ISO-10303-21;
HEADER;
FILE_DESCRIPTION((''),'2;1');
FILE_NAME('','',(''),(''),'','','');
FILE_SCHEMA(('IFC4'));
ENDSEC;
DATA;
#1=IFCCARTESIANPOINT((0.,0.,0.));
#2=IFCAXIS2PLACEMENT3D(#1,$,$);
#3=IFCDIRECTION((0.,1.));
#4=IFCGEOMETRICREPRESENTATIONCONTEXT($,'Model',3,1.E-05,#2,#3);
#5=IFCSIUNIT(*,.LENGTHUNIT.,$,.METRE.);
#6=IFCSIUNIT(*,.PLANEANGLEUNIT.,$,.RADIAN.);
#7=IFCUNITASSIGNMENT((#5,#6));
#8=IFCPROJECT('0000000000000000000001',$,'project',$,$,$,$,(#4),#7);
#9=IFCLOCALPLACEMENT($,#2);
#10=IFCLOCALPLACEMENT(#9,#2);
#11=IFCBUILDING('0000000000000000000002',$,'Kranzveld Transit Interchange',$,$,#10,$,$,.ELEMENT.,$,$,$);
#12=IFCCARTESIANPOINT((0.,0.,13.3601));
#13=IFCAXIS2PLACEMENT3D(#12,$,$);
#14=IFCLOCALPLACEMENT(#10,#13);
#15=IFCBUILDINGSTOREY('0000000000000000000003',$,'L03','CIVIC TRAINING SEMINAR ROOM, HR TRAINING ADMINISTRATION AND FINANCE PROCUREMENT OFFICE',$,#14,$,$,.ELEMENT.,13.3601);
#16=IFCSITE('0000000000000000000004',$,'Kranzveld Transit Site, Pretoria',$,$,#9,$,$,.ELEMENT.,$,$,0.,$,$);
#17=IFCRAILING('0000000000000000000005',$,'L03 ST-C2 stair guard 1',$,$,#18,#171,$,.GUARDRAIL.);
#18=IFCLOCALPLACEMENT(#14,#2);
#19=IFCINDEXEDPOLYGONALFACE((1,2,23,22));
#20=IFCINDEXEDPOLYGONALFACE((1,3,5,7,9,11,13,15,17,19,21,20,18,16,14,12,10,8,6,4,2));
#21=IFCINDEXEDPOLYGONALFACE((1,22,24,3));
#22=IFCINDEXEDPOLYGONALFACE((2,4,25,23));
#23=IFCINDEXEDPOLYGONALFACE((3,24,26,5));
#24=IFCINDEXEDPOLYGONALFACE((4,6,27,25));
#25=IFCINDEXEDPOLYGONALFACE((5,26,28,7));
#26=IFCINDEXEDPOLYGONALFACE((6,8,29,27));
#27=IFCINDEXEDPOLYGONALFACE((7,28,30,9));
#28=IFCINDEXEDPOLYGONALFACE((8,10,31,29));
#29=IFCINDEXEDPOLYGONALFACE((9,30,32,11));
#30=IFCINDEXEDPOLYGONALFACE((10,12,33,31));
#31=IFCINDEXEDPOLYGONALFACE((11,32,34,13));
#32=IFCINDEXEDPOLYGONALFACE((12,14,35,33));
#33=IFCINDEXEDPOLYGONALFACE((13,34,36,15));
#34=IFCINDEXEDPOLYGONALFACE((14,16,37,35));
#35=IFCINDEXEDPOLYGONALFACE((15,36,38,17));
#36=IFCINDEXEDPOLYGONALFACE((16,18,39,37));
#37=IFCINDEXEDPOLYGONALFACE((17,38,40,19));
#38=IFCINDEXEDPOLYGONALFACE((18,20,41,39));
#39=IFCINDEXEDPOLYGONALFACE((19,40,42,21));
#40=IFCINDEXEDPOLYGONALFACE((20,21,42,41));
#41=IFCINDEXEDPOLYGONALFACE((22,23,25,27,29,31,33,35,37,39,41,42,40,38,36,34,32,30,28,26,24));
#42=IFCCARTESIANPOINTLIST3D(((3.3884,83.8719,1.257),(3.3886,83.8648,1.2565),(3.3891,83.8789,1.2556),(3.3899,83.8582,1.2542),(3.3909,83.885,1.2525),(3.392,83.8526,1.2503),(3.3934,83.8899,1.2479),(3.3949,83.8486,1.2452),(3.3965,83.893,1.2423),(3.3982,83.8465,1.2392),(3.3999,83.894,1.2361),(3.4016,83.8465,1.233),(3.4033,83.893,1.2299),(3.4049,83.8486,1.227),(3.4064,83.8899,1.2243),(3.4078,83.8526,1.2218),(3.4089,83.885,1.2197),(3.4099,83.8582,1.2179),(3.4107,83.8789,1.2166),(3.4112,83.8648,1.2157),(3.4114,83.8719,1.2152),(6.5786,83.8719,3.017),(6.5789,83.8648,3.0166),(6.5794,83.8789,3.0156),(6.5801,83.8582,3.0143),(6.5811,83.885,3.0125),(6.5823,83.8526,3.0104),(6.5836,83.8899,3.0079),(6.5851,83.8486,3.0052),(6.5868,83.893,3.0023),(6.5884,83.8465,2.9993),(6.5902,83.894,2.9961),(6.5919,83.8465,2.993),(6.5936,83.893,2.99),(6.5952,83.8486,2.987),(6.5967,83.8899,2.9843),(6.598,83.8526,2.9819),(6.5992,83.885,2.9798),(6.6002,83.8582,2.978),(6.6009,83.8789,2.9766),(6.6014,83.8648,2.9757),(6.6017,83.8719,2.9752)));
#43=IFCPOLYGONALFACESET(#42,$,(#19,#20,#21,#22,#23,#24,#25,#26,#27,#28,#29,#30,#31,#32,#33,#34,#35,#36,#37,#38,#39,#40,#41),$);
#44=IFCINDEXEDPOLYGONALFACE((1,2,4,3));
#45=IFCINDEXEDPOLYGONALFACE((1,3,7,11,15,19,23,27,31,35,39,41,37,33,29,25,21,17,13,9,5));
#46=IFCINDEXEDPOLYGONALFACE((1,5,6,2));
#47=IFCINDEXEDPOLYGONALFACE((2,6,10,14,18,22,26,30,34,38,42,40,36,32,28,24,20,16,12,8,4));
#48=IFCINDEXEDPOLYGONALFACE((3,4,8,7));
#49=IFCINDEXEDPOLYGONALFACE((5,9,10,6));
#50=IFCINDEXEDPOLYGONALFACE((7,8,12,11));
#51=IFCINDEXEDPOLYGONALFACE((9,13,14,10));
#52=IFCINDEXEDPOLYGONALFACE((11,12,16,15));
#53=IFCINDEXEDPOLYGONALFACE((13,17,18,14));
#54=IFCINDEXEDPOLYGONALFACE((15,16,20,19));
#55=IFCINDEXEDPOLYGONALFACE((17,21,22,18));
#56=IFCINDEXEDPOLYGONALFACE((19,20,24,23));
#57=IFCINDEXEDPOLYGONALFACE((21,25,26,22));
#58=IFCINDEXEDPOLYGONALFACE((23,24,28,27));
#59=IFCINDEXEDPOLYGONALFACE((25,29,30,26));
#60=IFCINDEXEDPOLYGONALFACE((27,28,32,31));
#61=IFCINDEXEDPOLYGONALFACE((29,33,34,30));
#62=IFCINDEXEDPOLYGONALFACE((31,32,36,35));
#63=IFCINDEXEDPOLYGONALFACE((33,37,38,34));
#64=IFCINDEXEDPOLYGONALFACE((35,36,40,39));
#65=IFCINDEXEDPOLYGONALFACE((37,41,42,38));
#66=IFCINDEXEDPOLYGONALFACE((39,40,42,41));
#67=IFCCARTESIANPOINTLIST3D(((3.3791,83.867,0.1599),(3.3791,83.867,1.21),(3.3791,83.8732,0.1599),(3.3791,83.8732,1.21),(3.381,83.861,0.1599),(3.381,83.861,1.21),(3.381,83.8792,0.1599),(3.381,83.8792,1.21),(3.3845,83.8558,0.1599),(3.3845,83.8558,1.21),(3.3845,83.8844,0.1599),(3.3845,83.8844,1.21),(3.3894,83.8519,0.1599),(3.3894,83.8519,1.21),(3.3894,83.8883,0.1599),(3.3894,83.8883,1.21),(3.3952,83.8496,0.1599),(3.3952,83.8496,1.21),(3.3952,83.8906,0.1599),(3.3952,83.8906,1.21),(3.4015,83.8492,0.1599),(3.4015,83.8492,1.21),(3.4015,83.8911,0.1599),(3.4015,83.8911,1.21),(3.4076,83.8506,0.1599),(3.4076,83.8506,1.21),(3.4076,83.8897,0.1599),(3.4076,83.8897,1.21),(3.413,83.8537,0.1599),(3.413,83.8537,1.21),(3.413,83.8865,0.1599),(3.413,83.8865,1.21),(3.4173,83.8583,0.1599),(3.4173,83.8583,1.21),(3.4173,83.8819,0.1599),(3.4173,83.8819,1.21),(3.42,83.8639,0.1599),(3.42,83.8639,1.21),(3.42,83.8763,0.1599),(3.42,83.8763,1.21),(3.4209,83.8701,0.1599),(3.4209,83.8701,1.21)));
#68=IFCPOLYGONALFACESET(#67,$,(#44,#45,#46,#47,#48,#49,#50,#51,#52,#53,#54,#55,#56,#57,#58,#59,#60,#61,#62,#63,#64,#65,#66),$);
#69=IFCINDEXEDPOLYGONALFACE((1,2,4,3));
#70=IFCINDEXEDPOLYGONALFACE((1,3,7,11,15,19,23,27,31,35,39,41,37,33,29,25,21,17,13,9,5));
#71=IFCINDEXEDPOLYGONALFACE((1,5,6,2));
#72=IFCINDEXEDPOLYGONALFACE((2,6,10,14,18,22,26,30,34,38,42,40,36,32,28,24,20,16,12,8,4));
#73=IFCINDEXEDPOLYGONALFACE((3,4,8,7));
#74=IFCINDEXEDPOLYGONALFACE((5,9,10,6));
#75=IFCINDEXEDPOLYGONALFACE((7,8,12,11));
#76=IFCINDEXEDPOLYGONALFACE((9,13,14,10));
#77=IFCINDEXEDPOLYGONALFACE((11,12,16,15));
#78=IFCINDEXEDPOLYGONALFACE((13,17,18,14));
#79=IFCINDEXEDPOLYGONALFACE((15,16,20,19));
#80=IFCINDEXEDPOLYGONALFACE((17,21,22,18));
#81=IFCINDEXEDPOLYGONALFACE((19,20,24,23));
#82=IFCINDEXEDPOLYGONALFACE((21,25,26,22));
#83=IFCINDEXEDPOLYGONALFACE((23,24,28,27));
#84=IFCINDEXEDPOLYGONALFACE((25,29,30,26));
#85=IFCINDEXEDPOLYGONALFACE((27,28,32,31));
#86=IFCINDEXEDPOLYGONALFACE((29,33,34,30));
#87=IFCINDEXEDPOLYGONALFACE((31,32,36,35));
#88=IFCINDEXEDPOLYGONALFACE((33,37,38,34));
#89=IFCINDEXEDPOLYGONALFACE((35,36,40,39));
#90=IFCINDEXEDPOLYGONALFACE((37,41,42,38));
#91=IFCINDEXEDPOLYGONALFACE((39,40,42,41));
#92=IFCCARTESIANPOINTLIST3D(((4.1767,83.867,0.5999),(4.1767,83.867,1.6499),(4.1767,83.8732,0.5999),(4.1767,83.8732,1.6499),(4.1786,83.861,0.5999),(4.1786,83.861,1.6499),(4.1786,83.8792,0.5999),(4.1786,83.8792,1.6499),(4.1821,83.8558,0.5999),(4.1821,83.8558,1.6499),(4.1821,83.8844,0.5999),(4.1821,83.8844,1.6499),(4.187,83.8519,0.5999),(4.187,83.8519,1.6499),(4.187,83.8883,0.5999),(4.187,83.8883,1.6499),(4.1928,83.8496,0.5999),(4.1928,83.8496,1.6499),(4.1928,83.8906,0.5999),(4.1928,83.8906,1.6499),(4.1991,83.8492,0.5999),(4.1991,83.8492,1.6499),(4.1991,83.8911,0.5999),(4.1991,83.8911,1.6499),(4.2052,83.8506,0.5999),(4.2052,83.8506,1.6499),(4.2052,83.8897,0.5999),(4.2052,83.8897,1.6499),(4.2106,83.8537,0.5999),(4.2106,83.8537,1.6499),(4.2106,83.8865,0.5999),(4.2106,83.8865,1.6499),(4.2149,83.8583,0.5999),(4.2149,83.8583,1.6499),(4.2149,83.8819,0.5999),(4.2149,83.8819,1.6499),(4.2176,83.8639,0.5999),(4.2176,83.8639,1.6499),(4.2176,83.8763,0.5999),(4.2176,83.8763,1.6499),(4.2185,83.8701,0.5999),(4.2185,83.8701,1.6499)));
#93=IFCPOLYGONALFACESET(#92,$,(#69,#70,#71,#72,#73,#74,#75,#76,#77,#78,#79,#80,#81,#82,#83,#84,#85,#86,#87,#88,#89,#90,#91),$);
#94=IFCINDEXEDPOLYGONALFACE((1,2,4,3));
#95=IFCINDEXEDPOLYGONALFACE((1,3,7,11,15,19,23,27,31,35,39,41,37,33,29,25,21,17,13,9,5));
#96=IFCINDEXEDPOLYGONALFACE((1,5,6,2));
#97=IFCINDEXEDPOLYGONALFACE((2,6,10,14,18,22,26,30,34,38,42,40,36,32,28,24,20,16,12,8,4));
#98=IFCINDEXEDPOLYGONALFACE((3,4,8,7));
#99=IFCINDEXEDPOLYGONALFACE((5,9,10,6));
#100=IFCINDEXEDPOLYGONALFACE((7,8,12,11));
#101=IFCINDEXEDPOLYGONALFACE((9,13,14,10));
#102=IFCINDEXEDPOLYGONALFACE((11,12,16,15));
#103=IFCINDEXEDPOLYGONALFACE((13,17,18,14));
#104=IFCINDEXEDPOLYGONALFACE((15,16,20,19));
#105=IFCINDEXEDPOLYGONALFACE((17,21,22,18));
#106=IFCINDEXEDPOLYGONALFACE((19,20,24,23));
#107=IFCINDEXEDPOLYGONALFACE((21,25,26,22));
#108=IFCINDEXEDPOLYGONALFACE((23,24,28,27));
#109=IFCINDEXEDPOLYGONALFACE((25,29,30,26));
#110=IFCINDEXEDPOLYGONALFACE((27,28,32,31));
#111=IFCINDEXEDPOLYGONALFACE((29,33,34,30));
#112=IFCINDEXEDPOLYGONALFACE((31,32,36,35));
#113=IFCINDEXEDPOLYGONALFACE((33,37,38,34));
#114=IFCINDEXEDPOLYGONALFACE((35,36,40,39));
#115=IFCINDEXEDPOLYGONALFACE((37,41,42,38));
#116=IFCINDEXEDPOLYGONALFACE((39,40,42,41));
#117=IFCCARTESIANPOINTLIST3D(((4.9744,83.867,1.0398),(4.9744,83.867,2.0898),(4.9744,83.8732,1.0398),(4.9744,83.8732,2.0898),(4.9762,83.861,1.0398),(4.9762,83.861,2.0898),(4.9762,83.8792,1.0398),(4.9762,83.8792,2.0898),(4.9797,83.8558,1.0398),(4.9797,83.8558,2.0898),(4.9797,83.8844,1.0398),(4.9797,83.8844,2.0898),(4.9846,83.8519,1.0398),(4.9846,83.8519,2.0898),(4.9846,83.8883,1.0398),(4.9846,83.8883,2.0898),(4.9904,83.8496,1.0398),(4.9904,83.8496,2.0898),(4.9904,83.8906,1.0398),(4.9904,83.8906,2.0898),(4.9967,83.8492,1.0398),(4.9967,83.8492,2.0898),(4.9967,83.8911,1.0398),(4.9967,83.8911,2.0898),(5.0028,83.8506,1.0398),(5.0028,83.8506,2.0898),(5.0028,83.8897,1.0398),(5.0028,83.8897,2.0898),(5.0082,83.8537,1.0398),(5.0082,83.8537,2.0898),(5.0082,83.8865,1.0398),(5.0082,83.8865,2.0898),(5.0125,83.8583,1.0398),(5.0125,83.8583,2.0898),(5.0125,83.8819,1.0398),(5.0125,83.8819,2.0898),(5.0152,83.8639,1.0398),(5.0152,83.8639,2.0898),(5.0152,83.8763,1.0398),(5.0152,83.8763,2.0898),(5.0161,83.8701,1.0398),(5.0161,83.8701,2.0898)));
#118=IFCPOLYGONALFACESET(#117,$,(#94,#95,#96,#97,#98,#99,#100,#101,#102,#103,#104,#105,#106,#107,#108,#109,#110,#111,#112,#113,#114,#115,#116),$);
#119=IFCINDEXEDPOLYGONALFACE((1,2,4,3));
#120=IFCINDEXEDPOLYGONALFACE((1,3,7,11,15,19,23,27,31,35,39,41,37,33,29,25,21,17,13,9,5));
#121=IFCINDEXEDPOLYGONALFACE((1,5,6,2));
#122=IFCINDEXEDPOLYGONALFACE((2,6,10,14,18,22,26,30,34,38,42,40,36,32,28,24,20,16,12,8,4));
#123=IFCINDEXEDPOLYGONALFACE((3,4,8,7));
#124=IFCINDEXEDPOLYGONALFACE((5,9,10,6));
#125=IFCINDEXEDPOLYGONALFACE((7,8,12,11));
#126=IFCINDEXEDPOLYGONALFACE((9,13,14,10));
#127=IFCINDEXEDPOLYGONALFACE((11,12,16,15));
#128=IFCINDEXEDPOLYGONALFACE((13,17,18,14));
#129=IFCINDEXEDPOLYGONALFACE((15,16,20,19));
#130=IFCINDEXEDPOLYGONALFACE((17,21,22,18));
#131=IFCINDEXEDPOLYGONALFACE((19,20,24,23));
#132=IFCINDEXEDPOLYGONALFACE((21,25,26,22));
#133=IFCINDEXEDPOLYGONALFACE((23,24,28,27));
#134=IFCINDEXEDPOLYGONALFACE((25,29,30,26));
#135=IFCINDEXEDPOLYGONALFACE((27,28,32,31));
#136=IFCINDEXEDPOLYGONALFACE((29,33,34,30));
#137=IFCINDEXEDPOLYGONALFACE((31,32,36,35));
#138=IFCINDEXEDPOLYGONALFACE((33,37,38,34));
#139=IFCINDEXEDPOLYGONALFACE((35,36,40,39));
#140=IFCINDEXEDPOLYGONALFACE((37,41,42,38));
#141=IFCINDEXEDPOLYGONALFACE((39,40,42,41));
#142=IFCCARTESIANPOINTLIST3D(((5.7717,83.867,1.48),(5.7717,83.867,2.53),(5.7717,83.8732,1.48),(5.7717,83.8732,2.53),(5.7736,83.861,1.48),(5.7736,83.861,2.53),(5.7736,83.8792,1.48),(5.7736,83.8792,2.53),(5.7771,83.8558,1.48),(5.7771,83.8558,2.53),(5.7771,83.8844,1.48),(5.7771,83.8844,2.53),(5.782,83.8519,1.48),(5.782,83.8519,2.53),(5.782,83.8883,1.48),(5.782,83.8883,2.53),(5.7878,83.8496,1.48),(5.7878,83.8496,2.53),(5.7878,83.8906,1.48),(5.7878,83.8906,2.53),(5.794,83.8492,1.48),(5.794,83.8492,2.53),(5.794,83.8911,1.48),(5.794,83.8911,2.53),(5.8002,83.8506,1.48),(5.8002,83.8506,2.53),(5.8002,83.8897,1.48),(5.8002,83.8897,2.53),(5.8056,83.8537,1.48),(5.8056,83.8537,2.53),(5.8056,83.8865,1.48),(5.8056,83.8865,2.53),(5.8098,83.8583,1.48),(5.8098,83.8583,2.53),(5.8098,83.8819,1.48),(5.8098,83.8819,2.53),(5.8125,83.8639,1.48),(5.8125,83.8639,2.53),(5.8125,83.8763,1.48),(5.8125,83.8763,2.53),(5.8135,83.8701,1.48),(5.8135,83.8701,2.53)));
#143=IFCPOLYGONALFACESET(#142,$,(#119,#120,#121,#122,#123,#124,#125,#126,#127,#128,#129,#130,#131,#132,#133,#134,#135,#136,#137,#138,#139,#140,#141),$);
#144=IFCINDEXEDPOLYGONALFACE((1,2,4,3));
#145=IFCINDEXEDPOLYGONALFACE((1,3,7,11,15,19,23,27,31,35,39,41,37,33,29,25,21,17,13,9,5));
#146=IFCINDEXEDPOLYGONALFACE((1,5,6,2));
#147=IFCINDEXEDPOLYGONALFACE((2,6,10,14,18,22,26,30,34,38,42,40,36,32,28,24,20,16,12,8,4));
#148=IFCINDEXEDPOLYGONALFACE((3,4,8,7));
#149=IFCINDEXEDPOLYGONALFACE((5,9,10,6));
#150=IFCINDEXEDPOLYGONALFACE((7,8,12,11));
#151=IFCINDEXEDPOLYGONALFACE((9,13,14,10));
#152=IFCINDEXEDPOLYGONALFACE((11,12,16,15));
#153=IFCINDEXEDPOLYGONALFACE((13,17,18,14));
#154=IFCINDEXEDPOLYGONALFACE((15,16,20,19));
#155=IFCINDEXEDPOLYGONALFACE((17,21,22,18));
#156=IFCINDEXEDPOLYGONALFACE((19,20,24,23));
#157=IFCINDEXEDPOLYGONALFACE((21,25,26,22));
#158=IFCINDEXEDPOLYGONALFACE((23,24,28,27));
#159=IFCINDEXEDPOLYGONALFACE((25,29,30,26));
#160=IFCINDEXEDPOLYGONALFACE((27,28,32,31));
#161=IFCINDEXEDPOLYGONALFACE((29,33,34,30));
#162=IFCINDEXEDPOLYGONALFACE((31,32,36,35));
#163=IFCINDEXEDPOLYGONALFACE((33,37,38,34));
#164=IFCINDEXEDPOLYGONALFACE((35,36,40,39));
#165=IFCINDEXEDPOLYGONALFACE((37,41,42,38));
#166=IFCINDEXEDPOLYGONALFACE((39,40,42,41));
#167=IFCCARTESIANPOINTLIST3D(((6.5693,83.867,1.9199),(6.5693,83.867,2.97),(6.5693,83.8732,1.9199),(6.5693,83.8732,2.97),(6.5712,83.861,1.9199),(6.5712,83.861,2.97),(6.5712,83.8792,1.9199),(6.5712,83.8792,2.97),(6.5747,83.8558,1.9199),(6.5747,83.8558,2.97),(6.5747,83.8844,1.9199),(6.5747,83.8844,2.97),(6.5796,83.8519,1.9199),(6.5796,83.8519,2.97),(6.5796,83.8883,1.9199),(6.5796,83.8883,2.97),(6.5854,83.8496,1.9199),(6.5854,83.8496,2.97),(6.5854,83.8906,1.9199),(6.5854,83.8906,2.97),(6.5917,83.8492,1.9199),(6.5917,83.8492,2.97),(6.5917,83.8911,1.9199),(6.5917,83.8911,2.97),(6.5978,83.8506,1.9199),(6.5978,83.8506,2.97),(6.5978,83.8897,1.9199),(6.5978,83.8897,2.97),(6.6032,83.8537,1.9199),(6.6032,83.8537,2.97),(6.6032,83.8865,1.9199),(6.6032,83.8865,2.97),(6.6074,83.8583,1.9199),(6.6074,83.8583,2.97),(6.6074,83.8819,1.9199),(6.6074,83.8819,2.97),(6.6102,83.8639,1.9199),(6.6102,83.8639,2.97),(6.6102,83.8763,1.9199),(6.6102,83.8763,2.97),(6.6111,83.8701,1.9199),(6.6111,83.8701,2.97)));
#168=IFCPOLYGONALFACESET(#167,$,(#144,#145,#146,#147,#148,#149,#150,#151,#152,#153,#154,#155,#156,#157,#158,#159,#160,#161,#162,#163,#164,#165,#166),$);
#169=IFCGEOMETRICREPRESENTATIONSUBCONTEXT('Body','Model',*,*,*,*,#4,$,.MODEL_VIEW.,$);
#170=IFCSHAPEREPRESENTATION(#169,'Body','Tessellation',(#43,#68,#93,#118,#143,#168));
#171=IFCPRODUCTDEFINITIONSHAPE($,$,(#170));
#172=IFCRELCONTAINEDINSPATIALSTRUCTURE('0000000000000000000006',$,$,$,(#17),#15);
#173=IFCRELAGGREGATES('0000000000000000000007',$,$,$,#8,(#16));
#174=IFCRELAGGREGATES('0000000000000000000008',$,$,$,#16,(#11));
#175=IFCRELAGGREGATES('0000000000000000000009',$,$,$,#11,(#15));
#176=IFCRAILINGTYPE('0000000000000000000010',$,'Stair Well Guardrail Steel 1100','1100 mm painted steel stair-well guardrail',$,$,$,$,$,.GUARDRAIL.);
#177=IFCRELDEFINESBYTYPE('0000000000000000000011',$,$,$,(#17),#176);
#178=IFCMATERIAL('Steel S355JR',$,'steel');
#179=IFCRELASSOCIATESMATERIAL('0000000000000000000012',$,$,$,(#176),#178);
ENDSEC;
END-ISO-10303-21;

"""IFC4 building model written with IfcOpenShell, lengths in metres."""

from ifc_helpers import new_model, si_unit, direction, frame, origin, origin_2d, place, context, subcontext, project, spatial, circle, extrude, material, type_object, element, save


model = new_model("IFC4")

# Units and contexts
model_context = context("Model", 3, precision=1e-05, world=origin(), true_north=direction((0.0, 1.0)))
body_context = subcontext(model_context, "Body", "Model", "MODEL_VIEW")
ifc_project = project(units=[si_unit("LENGTHUNIT", "METRE"), si_unit("PLANEANGLEUNIT", "RADIAN")], contexts=[model_context])

# Site, building, storey
site_placement = place(None, origin())
site = spatial("IfcSite", under=ifc_project, at=site_placement, Name="Kranzveld Transit Site, Pretoria", CompositionType="ELEMENT", RefElevation=0.0)
building_placement = place(site_placement, origin())
building = spatial("IfcBuilding", under=site, at=building_placement, Name="Kranzveld Transit Interchange", CompositionType="ELEMENT")
storey_placement = place(building_placement, frame((0.0, 0.0, 13.3601)))
storey = spatial("IfcBuildingStorey", under=building, at=storey_placement, Name="L03", Description="CIVIC TRAINING SEMINAR ROOM, HR TRAINING ADMINISTRATION AND FINANCE PROCUREMENT OFFICE", CompositionType="ELEMENT", Elevation=13.3601)

# Railing
ifc_material_1 = material(Name="Steel S355JR", Category="steel")
railing_type_1 = type_object("IfcRailingType", Name="Stair Well Guardrail Steel 1100", Description="1100 mm painted steel stair-well guardrail", PredefinedType="GUARDRAIL", material=ifc_material_1)
railing_1_placement = place(storey_placement, frame((3.3999, 83.8701, 0.1599)))
element("IfcRailing", 1, at=railing_1_placement, inside=storey, type_object=railing_type_1, Name="L03 ST-C2 stair guard 1", PredefinedType="GUARDRAIL", context=body_context, shape_type="SweptSolid", body=[
    extrude(circle(Radius=0.0239, at=origin_2d()), frame((0.0, 0.0, 1.0762), z_axis=(0.875588, 0.0, 0.483058), x_axis=(0.0, 1.0, 0.0)), (0.0, 0.0, 1.0), 3.6436),
    extrude(circle(Radius=0.021, at=origin_2d()), origin(), (0.0, 0.0, 1.0), 1.05),
    extrude(circle(Radius=0.021, at=origin_2d()), frame((0.7976, 0.0, 0.4399)), (0.0, 0.0, 1.0), 1.05),
    extrude(circle(Radius=0.021, at=origin_2d()), frame((1.5952, 0.0, 0.8799)), (0.0, 0.0, 1.0), 1.05),
    extrude(circle(Radius=0.021, at=origin_2d()), frame((2.3926, 0.0, 1.3201)), (0.0, 0.0, 1.0), 1.05),
    extrude(circle(Radius=0.021, at=origin_2d()), frame((3.1902, 0.0, 1.76)), (0.0, 0.0, 1.0), 1.05),
])

save(model, "model.ifc")
